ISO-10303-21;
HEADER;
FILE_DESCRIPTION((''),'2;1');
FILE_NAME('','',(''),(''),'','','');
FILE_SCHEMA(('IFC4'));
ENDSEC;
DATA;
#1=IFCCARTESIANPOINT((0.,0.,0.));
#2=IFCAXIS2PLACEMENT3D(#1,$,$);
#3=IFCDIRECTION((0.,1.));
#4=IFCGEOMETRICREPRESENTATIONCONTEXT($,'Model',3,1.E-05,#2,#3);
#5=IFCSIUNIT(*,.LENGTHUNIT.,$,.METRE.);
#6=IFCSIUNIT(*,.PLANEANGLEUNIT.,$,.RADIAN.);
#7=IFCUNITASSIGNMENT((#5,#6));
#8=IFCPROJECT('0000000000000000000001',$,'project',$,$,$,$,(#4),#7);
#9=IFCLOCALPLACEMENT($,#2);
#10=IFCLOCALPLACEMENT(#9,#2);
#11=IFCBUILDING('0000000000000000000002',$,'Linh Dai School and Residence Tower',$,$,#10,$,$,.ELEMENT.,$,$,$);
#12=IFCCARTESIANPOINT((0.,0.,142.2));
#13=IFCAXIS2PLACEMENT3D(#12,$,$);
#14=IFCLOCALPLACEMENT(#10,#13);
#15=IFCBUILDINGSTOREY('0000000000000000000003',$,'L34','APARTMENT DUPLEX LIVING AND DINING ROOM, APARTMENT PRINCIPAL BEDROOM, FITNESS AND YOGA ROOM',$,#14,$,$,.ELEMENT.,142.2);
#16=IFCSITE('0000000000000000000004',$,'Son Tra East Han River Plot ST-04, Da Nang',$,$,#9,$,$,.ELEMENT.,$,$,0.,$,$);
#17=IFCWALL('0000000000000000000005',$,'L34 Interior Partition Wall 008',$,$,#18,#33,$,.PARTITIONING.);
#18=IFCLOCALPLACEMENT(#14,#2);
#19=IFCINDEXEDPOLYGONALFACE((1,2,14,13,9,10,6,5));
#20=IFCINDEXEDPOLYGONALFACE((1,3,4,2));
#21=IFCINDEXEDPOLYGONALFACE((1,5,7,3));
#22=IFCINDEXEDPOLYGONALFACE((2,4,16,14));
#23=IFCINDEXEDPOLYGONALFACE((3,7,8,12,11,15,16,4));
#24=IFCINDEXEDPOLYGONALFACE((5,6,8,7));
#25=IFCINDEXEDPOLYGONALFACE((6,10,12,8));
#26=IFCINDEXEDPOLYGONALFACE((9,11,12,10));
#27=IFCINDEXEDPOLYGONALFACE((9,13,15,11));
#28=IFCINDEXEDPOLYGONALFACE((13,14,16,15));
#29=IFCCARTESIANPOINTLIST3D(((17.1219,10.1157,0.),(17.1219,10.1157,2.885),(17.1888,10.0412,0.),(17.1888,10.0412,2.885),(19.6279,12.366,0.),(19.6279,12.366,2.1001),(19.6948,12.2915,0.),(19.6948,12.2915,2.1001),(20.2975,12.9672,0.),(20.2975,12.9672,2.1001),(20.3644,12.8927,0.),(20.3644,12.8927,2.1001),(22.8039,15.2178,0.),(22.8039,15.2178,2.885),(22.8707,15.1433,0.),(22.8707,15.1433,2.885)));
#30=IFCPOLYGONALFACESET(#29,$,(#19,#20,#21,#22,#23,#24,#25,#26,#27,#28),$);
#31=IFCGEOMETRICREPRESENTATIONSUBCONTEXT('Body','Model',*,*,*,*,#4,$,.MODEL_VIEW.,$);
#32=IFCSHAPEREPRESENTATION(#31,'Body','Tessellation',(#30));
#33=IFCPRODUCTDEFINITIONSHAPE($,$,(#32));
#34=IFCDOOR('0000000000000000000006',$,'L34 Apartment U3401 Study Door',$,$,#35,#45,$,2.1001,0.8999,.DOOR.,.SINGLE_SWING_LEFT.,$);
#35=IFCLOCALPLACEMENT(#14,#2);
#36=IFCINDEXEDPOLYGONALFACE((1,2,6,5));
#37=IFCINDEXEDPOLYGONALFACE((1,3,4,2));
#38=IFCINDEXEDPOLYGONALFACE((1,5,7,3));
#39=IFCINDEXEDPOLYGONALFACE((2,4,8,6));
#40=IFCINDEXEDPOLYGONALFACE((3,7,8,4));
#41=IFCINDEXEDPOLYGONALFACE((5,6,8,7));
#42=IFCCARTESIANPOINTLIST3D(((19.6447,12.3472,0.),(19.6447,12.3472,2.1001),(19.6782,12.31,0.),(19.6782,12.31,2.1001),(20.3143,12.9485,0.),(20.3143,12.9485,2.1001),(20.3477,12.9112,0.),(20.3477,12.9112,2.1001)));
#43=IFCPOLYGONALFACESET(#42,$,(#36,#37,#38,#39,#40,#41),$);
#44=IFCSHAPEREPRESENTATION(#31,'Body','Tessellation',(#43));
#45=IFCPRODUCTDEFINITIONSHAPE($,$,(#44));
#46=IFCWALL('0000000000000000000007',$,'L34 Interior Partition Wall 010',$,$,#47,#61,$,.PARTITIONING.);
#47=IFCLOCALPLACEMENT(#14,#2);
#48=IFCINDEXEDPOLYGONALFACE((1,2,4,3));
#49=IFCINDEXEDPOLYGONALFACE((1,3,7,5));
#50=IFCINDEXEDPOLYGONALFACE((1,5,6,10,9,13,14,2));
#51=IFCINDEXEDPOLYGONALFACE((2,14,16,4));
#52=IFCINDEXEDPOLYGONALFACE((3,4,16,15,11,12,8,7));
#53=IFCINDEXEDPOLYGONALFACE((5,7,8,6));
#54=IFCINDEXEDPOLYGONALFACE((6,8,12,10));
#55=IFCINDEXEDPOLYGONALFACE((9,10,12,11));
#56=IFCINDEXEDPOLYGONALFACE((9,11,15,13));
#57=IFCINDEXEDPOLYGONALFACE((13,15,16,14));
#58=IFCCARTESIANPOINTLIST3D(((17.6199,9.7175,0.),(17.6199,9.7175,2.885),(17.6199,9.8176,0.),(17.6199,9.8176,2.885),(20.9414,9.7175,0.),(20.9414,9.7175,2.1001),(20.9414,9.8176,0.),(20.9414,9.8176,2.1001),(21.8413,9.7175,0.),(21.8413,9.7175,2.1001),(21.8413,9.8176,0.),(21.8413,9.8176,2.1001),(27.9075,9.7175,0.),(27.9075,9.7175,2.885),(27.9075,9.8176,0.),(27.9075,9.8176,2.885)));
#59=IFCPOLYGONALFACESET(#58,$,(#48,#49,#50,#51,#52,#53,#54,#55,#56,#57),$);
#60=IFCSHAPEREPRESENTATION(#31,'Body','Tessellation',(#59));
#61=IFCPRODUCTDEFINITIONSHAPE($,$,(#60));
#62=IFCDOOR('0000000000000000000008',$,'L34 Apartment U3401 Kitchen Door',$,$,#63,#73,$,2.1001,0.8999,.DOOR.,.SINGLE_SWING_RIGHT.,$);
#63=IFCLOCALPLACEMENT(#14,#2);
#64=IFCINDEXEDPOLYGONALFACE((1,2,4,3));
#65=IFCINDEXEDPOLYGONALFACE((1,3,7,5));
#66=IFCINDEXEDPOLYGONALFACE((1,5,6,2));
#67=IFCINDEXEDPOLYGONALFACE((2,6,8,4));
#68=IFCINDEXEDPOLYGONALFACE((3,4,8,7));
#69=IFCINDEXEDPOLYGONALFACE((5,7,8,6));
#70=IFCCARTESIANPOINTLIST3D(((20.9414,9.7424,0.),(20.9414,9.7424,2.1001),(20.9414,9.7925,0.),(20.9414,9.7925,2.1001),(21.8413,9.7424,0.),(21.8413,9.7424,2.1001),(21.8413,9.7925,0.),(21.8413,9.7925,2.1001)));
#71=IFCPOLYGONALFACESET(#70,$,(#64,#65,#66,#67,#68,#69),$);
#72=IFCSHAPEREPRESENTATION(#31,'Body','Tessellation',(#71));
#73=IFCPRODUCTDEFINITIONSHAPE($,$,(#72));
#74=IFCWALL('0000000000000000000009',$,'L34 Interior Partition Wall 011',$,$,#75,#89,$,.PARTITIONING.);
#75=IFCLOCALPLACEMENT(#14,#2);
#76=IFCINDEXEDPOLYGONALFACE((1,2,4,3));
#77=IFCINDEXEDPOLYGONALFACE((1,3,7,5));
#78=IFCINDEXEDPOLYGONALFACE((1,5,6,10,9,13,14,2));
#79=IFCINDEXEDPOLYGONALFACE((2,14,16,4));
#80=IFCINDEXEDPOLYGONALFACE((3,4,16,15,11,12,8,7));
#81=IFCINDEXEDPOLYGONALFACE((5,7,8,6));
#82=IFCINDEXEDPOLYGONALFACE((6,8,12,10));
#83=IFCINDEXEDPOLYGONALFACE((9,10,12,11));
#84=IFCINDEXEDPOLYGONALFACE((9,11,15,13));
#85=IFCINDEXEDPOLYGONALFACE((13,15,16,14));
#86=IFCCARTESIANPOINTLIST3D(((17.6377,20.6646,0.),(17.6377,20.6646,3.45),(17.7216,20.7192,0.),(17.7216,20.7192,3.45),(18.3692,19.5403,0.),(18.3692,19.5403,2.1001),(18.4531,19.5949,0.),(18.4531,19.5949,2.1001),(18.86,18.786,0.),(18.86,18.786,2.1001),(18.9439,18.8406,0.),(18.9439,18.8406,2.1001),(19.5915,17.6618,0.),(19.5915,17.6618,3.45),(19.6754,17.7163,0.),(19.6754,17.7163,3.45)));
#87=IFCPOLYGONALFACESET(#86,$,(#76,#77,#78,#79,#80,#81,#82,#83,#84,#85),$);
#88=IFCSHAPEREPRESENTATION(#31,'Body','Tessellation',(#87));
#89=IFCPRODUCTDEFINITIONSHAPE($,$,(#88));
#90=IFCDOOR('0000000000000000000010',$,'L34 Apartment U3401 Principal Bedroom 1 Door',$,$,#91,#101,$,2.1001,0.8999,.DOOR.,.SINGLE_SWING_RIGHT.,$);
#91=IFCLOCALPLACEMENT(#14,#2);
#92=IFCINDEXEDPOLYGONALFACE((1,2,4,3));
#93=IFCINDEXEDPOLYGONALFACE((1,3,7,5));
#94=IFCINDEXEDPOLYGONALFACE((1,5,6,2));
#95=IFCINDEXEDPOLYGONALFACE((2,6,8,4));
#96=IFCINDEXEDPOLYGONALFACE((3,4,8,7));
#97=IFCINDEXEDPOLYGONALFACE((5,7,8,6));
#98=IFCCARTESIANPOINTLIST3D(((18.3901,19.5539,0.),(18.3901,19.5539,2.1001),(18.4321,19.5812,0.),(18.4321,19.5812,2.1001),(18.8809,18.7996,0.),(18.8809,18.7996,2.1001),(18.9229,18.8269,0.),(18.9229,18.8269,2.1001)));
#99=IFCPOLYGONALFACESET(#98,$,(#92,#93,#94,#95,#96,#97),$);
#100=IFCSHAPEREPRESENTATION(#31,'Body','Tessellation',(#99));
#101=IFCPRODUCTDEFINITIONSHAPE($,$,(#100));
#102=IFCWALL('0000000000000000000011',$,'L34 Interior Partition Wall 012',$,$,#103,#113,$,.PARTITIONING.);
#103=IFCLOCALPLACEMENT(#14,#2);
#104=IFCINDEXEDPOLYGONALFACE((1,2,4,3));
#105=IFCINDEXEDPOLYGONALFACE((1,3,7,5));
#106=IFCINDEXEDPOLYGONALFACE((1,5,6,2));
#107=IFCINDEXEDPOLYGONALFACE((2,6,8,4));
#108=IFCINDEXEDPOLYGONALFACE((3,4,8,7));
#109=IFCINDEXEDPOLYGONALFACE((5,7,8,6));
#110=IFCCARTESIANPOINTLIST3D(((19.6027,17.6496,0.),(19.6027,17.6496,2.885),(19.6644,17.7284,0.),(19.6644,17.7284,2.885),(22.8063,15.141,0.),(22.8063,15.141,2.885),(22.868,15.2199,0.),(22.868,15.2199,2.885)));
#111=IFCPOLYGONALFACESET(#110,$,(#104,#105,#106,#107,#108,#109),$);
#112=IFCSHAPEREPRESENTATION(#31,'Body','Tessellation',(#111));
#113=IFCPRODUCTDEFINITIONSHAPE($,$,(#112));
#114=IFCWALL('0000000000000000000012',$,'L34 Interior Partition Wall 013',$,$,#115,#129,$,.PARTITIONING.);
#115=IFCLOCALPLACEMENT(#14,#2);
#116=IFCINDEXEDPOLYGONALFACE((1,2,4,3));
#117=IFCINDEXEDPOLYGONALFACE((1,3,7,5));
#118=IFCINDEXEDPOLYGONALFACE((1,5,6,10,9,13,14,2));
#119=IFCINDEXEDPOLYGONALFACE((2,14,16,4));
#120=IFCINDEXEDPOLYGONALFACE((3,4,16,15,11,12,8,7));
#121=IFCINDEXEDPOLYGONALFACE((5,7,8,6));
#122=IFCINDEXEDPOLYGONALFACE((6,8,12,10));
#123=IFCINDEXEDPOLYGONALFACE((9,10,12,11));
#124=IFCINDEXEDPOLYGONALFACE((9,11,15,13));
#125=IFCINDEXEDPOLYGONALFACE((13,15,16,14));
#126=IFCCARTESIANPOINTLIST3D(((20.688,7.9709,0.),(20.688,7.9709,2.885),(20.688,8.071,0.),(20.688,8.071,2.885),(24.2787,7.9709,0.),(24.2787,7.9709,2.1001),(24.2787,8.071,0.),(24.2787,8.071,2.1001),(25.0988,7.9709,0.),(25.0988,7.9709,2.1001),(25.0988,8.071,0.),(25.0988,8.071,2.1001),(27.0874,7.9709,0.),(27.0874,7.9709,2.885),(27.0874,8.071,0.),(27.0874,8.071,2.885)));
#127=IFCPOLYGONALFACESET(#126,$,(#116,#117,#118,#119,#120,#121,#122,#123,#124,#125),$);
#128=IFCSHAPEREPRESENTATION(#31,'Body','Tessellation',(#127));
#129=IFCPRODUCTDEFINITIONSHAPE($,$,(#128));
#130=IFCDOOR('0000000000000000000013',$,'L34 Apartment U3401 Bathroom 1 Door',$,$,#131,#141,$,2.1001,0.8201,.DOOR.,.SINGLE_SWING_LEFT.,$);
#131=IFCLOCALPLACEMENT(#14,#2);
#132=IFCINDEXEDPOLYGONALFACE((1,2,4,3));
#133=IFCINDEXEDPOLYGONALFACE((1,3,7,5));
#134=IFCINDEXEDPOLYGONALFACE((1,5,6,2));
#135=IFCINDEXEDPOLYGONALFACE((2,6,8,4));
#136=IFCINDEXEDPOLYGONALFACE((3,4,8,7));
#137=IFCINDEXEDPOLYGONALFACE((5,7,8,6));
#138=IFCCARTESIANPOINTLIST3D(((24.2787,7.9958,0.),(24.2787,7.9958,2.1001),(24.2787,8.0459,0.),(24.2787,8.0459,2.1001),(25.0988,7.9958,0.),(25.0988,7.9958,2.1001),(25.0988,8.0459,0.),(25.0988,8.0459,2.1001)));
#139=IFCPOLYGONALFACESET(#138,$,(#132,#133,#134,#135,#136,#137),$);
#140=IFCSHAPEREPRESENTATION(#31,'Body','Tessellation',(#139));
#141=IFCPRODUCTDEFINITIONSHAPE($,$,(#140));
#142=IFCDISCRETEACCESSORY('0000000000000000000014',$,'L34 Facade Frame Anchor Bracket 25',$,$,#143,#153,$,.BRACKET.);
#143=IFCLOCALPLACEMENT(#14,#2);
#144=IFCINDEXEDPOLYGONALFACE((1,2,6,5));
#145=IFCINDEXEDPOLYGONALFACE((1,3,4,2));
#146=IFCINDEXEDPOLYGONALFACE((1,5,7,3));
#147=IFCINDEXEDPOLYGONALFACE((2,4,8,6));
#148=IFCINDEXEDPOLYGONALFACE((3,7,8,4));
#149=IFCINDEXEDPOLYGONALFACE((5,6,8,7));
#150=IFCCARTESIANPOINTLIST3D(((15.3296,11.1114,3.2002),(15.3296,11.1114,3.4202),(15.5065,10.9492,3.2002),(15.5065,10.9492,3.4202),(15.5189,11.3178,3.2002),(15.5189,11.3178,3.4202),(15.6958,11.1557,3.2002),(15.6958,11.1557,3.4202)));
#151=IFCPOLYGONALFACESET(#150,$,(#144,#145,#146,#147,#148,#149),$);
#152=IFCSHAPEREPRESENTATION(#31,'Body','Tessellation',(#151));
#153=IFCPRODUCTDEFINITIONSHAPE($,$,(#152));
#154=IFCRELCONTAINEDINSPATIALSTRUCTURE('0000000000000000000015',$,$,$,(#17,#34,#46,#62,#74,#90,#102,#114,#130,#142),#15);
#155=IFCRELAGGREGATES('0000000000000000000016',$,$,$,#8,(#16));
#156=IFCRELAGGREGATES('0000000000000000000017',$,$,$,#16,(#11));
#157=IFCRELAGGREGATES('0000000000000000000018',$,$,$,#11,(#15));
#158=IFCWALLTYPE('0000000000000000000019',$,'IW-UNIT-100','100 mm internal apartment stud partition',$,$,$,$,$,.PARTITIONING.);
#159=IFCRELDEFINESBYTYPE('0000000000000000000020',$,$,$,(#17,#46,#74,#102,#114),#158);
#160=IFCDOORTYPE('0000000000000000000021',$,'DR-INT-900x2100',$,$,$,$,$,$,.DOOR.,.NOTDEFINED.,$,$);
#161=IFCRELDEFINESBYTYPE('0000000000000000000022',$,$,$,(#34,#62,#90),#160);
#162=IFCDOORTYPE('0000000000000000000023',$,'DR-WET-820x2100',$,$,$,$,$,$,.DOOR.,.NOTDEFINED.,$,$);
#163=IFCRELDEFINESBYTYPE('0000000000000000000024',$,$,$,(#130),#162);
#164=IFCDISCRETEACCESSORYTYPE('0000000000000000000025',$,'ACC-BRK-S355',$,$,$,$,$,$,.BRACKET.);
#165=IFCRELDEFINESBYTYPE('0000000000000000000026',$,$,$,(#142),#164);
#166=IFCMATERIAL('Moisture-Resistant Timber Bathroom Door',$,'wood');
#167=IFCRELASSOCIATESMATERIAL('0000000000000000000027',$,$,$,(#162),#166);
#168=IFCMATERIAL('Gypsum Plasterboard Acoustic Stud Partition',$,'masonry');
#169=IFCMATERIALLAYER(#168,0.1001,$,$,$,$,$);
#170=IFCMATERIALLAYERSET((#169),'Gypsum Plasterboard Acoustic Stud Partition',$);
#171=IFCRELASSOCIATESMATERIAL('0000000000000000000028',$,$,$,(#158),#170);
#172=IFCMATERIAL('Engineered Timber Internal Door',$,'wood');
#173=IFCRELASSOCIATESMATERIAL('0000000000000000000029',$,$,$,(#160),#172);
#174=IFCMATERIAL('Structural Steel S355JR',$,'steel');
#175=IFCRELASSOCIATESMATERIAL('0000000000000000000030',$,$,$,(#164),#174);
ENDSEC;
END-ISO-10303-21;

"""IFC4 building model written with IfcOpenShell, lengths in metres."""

from ifc_helpers import new_model, si_unit, direction, frame, frame_2d, origin, origin_2d, place, context, subcontext, project, spatial, rectangle, extrude, source, transform, mapped, material, layer, layer_set, type_object, element, fill, save


model = new_model("IFC4")

# Units and contexts
model_context = context("Model", 3, precision=1e-05, world=origin(), true_north=direction((0.0, 1.0)))
body_context = subcontext(model_context, "Body", "Model", "MODEL_VIEW")
ifc_project = project(units=[si_unit("LENGTHUNIT", "METRE"), si_unit("PLANEANGLEUNIT", "RADIAN")], contexts=[model_context])

# Site, building, storey
site_placement = place(None, origin())
site = spatial("IfcSite", under=ifc_project, at=site_placement, Name="Son Tra East Han River Plot ST-04, Da Nang", CompositionType="ELEMENT", RefElevation=0.0)
building_placement = place(site_placement, origin())
building = spatial("IfcBuilding", under=site, at=building_placement, Name="Linh Dai School and Residence Tower", CompositionType="ELEMENT")
storey_placement = place(building_placement, frame((0.0, 0.0, 142.2)))
storey = spatial("IfcBuildingStorey", under=building, at=storey_placement, Name="L34", Description="APARTMENT DUPLEX LIVING AND DINING ROOM, APARTMENT PRINCIPAL BEDROOM, FITNESS AND YOGA ROOM", CompositionType="ELEMENT", Elevation=142.2)

# Shared definitions
ifc_material_1 = material(Name="Structural Steel S355JR", Category="steel")

# Shared definitions
ifc_material_2 = material(Name="Moisture-Resistant Timber Bathroom Door", Category="wood")
door_type_1 = type_object("IfcDoorType", Name="DR-WET-820x2100", OperationType="NOTDEFINED", PredefinedType="DOOR", material=ifc_material_2)
shared_shape_1 = source(origin(), body_context, "Body", "SweptSolid", [
    extrude(rectangle(XDim=0.8201, YDim=2.1001, at=origin_2d()), frame((0.4102, 0.0249, 1.05), z_axis=(0.0, -1.0, 0.0), x_axis=(1.0, 0.0, 0.0)), (0.0, 0.0, 1.0), 0.05),
])

# Walls, openings, doors
ifc_material_3 = material(Name="Gypsum Plasterboard Acoustic Stud Partition", Category="masonry")
ifc_layer_1 = layer(ifc_material_3, 0.1001)
ifc_layer_set_1 = layer_set([ifc_layer_1], Name="Gypsum Plasterboard Acoustic Stud Partition")
wall_type_1 = type_object("IfcWallType", Name="IW-UNIT-100", Description="100 mm internal apartment stud partition", PredefinedType="PARTITIONING", material=ifc_layer_set_1)
wall_1_placement = place(storey_placement, frame((17.1553, 10.0784, 0.0), z_axis=(0.0, 0.0, 1.0), x_axis=(0.744052, 0.668122, 0.0)))
wall_1 = element("IfcWall", 1, at=wall_1_placement, inside=storey, type_object=wall_type_1, Name="L34 Interior Partition Wall 008", PredefinedType="PARTITIONING", context=body_context, shape_type="SweptSolid", body=[
    extrude(rectangle(XDim=7.6365, YDim=0.1001, at=frame_2d((3.8184, 0.0))), origin(), (0.0, 0.0, 1.0), 2.885),
])
opening_1_placement = place(wall_1_placement, frame((3.3682, 0.0, 0.0)))
opening_1 = element("IfcOpeningElement", 2, at=opening_1_placement, cuts=wall_1, PredefinedType="OPENING", context=body_context, shape_type="SweptSolid", body=[
    extrude(rectangle(XDim=0.8999, YDim=2.1001, at=origin_2d()), frame((0.45, 0.0601, 1.05), z_axis=(0.0, -1.0, 0.0), x_axis=(1.0, 0.0, 0.0)), (0.0, 0.0, 1.0), 0.1201),
])
ifc_material_4 = material(Name="Engineered Timber Internal Door", Category="wood")
door_type_2 = type_object("IfcDoorType", Name="DR-INT-900x2100", OperationType="NOTDEFINED", PredefinedType="DOOR", material=ifc_material_4)
shared_shape_2 = source(origin(), body_context, "Body", "SweptSolid", [
    extrude(rectangle(XDim=0.8999, YDim=2.1001, at=origin_2d()), frame((0.45, 0.0249, 1.05), z_axis=(0.0, -1.0, 0.0), x_axis=(1.0, 0.0, 0.0)), (0.0, 0.0, 1.0), 0.05),
])
door_1_placement = place(opening_1_placement, origin())
door_1 = element("IfcDoor", 3, at=door_1_placement, inside=storey, type_object=door_type_2, Name="L34 Apartment U3401 Study Door", OperationType="SINGLE_SWING_LEFT", OverallHeight=2.1001, OverallWidth=0.8999, PredefinedType="DOOR", context=body_context, shape_type="MappedRepresentation", body=[
    mapped(shared_shape_2, transform((0.0, 0.0, 0.0), x_axis=(1.0, 0.0, 0.0), y_axis=(0.0, 1.0, 0.0), z_axis=(0.0, 0.0, 1.0), scale=1.0)),
])
fill(opening_1, door_1)
wall_2_placement = place(storey_placement, frame((17.6199, 9.7676, 0.0), z_axis=(0.0, 0.0, 1.0), x_axis=(1.0, 0.0, 0.0)))
wall_2 = element("IfcWall", 4, at=wall_2_placement, inside=storey, type_object=wall_type_1, Name="L34 Interior Partition Wall 010", PredefinedType="PARTITIONING", context=body_context, shape_type="SweptSolid", body=[
    extrude(rectangle(XDim=10.2876, YDim=0.1001, at=frame_2d((5.1438, 0.0))), origin(), (0.0, 0.0, 1.0), 2.885),
])
opening_2_placement = place(wall_2_placement, frame((3.3215, 0.0, 0.0)))
opening_2 = element("IfcOpeningElement", 5, at=opening_2_placement, cuts=wall_2, PredefinedType="OPENING", context=body_context, shape_type="SweptSolid", body=[
    extrude(rectangle(XDim=0.8999, YDim=2.1001, at=origin_2d()), frame((0.45, 0.0601, 1.05), z_axis=(0.0, -1.0, 0.0), x_axis=(1.0, 0.0, 0.0)), (0.0, 0.0, 1.0), 0.1201),
])
door_2_placement = place(opening_2_placement, origin())
door_2 = element("IfcDoor", 6, at=door_2_placement, inside=storey, type_object=door_type_2, Name="L34 Apartment U3401 Kitchen Door", OperationType="SINGLE_SWING_RIGHT", OverallHeight=2.1001, OverallWidth=0.8999, PredefinedType="DOOR", context=body_context, shape_type="MappedRepresentation", body=[
    mapped(shared_shape_2, transform((0.0, 0.0, 0.0), x_axis=(1.0, 0.0, 0.0), y_axis=(0.0, 1.0, 0.0), z_axis=(0.0, 0.0, 1.0), scale=1.0)),
])
fill(opening_2, door_2)
wall_3_placement = place(storey_placement, frame((17.6797, 20.6919, 0.0), z_axis=(0.0, 0.0, 1.0), x_axis=(0.545372, -0.838194, 0.0)))
wall_3 = element("IfcWall", 7, at=wall_3_placement, inside=storey, type_object=wall_type_1, Name="L34 Interior Partition Wall 011", PredefinedType="PARTITIONING", context=body_context, shape_type="SweptSolid", body=[
    extrude(rectangle(XDim=3.5825, YDim=0.1001, at=frame_2d((1.7913, 0.0))), origin(), (0.0, 0.0, 1.0), 3.45),
])
opening_3_placement = place(wall_3_placement, frame((1.3413, 0.0, 0.0)))
opening_3 = element("IfcOpeningElement", 8, at=opening_3_placement, cuts=wall_3, PredefinedType="OPENING", context=body_context, shape_type="SweptSolid", body=[
    extrude(rectangle(XDim=0.8999, YDim=2.1001, at=origin_2d()), frame((0.45, 0.0601, 1.05), z_axis=(0.0, -1.0, 0.0), x_axis=(1.0, 0.0, 0.0)), (0.0, 0.0, 1.0), 0.1201),
])
door_3_placement = place(opening_3_placement, origin())
door_3 = element("IfcDoor", 9, at=door_3_placement, inside=storey, type_object=door_type_2, Name="L34 Apartment U3401 Principal Bedroom 1 Door", OperationType="SINGLE_SWING_RIGHT", OverallHeight=2.1001, OverallWidth=0.8999, PredefinedType="DOOR", context=body_context, shape_type="MappedRepresentation", body=[
    mapped(shared_shape_2, transform((0.0, 0.0, 0.0), x_axis=(1.0, 0.0, 0.0), y_axis=(0.0, 1.0, 0.0), z_axis=(0.0, 0.0, 1.0), scale=1.0)),
])
fill(opening_3, door_3)

# Wall
wall_4_placement = place(storey_placement, frame((19.6335, 17.689, 0.0), z_axis=(0.0, 0.0, 1.0), x_axis=(0.787342, -0.616517, 0.0)))
element("IfcWall", 10, at=wall_4_placement, inside=storey, type_object=wall_type_1, Name="L34 Interior Partition Wall 012", PredefinedType="PARTITIONING", context=body_context, shape_type="SweptSolid", body=[
    extrude(rectangle(XDim=4.0688, YDim=0.1001, at=frame_2d((2.0344, 0.0))), origin(), (0.0, 0.0, 1.0), 2.885),
])

# Wall, opening, door
wall_5_placement = place(storey_placement, frame((20.688, 8.021, 0.0), z_axis=(0.0, 0.0, 1.0), x_axis=(1.0, 0.0, 0.0)))
wall_5 = element("IfcWall", 11, at=wall_5_placement, inside=storey, type_object=wall_type_1, Name="L34 Interior Partition Wall 013", PredefinedType="PARTITIONING", context=body_context, shape_type="SweptSolid", body=[
    extrude(rectangle(XDim=6.3994, YDim=0.1001, at=frame_2d((3.1997, 0.0))), origin(), (0.0, 0.0, 1.0), 2.885),
])
opening_4_placement = place(wall_5_placement, frame((3.5906, 0.0, 0.0)))
opening_4 = element("IfcOpeningElement", 12, at=opening_4_placement, cuts=wall_5, PredefinedType="OPENING", context=body_context, shape_type="SweptSolid", body=[
    extrude(rectangle(XDim=0.8201, YDim=2.1001, at=origin_2d()), frame((0.4102, 0.0601, 1.05), z_axis=(0.0, -1.0, 0.0), x_axis=(1.0, 0.0, 0.0)), (0.0, 0.0, 1.0), 0.1201),
])
door_4_placement = place(opening_4_placement, origin())
door_4 = element("IfcDoor", 13, at=door_4_placement, inside=storey, type_object=door_type_1, Name="L34 Apartment U3401 Bathroom 1 Door", OperationType="SINGLE_SWING_LEFT", OverallHeight=2.1001, OverallWidth=0.8201, PredefinedType="DOOR", context=body_context, shape_type="MappedRepresentation", body=[
    mapped(shared_shape_1, transform((0.0, 0.0, 0.0), x_axis=(1.0, 0.0, 0.0), y_axis=(0.0, 1.0, 0.0), z_axis=(0.0, 0.0, 1.0), scale=1.0)),
])
fill(opening_4, door_4)

# Discrete accessory
discrete_accessory_type = type_object("IfcDiscreteAccessoryType", Name="ACC-BRK-S355", PredefinedType="BRACKET", material=ifc_material_1)
shared_shape_3 = source(origin(), body_context, "Body", "SweptSolid", [
    extrude(rectangle(XDim=0.28, YDim=0.24, at=origin_2d()), origin(), (0.0, 0.0, 1.0), 0.22),
])
discrete_accessory_placement = place(storey_placement, frame((15.5127, 11.1335, 3.2002), z_axis=(0.0, 0.0, 1.0), x_axis=(-0.675783, -0.7371, 0.0)))
element("IfcDiscreteAccessory", 14, at=discrete_accessory_placement, inside=storey, type_object=discrete_accessory_type, Name="L34 Facade Frame Anchor Bracket 25", PredefinedType="BRACKET", context=body_context, shape_type="MappedRepresentation", body=[
    mapped(shared_shape_3, transform((0.0, 0.0, 0.0), x_axis=(1.0, 0.0, 0.0), y_axis=(0.0, 1.0, 0.0), z_axis=(0.0, 0.0, 1.0), scale=1.0)),
])

save(model, "model.ifc")
